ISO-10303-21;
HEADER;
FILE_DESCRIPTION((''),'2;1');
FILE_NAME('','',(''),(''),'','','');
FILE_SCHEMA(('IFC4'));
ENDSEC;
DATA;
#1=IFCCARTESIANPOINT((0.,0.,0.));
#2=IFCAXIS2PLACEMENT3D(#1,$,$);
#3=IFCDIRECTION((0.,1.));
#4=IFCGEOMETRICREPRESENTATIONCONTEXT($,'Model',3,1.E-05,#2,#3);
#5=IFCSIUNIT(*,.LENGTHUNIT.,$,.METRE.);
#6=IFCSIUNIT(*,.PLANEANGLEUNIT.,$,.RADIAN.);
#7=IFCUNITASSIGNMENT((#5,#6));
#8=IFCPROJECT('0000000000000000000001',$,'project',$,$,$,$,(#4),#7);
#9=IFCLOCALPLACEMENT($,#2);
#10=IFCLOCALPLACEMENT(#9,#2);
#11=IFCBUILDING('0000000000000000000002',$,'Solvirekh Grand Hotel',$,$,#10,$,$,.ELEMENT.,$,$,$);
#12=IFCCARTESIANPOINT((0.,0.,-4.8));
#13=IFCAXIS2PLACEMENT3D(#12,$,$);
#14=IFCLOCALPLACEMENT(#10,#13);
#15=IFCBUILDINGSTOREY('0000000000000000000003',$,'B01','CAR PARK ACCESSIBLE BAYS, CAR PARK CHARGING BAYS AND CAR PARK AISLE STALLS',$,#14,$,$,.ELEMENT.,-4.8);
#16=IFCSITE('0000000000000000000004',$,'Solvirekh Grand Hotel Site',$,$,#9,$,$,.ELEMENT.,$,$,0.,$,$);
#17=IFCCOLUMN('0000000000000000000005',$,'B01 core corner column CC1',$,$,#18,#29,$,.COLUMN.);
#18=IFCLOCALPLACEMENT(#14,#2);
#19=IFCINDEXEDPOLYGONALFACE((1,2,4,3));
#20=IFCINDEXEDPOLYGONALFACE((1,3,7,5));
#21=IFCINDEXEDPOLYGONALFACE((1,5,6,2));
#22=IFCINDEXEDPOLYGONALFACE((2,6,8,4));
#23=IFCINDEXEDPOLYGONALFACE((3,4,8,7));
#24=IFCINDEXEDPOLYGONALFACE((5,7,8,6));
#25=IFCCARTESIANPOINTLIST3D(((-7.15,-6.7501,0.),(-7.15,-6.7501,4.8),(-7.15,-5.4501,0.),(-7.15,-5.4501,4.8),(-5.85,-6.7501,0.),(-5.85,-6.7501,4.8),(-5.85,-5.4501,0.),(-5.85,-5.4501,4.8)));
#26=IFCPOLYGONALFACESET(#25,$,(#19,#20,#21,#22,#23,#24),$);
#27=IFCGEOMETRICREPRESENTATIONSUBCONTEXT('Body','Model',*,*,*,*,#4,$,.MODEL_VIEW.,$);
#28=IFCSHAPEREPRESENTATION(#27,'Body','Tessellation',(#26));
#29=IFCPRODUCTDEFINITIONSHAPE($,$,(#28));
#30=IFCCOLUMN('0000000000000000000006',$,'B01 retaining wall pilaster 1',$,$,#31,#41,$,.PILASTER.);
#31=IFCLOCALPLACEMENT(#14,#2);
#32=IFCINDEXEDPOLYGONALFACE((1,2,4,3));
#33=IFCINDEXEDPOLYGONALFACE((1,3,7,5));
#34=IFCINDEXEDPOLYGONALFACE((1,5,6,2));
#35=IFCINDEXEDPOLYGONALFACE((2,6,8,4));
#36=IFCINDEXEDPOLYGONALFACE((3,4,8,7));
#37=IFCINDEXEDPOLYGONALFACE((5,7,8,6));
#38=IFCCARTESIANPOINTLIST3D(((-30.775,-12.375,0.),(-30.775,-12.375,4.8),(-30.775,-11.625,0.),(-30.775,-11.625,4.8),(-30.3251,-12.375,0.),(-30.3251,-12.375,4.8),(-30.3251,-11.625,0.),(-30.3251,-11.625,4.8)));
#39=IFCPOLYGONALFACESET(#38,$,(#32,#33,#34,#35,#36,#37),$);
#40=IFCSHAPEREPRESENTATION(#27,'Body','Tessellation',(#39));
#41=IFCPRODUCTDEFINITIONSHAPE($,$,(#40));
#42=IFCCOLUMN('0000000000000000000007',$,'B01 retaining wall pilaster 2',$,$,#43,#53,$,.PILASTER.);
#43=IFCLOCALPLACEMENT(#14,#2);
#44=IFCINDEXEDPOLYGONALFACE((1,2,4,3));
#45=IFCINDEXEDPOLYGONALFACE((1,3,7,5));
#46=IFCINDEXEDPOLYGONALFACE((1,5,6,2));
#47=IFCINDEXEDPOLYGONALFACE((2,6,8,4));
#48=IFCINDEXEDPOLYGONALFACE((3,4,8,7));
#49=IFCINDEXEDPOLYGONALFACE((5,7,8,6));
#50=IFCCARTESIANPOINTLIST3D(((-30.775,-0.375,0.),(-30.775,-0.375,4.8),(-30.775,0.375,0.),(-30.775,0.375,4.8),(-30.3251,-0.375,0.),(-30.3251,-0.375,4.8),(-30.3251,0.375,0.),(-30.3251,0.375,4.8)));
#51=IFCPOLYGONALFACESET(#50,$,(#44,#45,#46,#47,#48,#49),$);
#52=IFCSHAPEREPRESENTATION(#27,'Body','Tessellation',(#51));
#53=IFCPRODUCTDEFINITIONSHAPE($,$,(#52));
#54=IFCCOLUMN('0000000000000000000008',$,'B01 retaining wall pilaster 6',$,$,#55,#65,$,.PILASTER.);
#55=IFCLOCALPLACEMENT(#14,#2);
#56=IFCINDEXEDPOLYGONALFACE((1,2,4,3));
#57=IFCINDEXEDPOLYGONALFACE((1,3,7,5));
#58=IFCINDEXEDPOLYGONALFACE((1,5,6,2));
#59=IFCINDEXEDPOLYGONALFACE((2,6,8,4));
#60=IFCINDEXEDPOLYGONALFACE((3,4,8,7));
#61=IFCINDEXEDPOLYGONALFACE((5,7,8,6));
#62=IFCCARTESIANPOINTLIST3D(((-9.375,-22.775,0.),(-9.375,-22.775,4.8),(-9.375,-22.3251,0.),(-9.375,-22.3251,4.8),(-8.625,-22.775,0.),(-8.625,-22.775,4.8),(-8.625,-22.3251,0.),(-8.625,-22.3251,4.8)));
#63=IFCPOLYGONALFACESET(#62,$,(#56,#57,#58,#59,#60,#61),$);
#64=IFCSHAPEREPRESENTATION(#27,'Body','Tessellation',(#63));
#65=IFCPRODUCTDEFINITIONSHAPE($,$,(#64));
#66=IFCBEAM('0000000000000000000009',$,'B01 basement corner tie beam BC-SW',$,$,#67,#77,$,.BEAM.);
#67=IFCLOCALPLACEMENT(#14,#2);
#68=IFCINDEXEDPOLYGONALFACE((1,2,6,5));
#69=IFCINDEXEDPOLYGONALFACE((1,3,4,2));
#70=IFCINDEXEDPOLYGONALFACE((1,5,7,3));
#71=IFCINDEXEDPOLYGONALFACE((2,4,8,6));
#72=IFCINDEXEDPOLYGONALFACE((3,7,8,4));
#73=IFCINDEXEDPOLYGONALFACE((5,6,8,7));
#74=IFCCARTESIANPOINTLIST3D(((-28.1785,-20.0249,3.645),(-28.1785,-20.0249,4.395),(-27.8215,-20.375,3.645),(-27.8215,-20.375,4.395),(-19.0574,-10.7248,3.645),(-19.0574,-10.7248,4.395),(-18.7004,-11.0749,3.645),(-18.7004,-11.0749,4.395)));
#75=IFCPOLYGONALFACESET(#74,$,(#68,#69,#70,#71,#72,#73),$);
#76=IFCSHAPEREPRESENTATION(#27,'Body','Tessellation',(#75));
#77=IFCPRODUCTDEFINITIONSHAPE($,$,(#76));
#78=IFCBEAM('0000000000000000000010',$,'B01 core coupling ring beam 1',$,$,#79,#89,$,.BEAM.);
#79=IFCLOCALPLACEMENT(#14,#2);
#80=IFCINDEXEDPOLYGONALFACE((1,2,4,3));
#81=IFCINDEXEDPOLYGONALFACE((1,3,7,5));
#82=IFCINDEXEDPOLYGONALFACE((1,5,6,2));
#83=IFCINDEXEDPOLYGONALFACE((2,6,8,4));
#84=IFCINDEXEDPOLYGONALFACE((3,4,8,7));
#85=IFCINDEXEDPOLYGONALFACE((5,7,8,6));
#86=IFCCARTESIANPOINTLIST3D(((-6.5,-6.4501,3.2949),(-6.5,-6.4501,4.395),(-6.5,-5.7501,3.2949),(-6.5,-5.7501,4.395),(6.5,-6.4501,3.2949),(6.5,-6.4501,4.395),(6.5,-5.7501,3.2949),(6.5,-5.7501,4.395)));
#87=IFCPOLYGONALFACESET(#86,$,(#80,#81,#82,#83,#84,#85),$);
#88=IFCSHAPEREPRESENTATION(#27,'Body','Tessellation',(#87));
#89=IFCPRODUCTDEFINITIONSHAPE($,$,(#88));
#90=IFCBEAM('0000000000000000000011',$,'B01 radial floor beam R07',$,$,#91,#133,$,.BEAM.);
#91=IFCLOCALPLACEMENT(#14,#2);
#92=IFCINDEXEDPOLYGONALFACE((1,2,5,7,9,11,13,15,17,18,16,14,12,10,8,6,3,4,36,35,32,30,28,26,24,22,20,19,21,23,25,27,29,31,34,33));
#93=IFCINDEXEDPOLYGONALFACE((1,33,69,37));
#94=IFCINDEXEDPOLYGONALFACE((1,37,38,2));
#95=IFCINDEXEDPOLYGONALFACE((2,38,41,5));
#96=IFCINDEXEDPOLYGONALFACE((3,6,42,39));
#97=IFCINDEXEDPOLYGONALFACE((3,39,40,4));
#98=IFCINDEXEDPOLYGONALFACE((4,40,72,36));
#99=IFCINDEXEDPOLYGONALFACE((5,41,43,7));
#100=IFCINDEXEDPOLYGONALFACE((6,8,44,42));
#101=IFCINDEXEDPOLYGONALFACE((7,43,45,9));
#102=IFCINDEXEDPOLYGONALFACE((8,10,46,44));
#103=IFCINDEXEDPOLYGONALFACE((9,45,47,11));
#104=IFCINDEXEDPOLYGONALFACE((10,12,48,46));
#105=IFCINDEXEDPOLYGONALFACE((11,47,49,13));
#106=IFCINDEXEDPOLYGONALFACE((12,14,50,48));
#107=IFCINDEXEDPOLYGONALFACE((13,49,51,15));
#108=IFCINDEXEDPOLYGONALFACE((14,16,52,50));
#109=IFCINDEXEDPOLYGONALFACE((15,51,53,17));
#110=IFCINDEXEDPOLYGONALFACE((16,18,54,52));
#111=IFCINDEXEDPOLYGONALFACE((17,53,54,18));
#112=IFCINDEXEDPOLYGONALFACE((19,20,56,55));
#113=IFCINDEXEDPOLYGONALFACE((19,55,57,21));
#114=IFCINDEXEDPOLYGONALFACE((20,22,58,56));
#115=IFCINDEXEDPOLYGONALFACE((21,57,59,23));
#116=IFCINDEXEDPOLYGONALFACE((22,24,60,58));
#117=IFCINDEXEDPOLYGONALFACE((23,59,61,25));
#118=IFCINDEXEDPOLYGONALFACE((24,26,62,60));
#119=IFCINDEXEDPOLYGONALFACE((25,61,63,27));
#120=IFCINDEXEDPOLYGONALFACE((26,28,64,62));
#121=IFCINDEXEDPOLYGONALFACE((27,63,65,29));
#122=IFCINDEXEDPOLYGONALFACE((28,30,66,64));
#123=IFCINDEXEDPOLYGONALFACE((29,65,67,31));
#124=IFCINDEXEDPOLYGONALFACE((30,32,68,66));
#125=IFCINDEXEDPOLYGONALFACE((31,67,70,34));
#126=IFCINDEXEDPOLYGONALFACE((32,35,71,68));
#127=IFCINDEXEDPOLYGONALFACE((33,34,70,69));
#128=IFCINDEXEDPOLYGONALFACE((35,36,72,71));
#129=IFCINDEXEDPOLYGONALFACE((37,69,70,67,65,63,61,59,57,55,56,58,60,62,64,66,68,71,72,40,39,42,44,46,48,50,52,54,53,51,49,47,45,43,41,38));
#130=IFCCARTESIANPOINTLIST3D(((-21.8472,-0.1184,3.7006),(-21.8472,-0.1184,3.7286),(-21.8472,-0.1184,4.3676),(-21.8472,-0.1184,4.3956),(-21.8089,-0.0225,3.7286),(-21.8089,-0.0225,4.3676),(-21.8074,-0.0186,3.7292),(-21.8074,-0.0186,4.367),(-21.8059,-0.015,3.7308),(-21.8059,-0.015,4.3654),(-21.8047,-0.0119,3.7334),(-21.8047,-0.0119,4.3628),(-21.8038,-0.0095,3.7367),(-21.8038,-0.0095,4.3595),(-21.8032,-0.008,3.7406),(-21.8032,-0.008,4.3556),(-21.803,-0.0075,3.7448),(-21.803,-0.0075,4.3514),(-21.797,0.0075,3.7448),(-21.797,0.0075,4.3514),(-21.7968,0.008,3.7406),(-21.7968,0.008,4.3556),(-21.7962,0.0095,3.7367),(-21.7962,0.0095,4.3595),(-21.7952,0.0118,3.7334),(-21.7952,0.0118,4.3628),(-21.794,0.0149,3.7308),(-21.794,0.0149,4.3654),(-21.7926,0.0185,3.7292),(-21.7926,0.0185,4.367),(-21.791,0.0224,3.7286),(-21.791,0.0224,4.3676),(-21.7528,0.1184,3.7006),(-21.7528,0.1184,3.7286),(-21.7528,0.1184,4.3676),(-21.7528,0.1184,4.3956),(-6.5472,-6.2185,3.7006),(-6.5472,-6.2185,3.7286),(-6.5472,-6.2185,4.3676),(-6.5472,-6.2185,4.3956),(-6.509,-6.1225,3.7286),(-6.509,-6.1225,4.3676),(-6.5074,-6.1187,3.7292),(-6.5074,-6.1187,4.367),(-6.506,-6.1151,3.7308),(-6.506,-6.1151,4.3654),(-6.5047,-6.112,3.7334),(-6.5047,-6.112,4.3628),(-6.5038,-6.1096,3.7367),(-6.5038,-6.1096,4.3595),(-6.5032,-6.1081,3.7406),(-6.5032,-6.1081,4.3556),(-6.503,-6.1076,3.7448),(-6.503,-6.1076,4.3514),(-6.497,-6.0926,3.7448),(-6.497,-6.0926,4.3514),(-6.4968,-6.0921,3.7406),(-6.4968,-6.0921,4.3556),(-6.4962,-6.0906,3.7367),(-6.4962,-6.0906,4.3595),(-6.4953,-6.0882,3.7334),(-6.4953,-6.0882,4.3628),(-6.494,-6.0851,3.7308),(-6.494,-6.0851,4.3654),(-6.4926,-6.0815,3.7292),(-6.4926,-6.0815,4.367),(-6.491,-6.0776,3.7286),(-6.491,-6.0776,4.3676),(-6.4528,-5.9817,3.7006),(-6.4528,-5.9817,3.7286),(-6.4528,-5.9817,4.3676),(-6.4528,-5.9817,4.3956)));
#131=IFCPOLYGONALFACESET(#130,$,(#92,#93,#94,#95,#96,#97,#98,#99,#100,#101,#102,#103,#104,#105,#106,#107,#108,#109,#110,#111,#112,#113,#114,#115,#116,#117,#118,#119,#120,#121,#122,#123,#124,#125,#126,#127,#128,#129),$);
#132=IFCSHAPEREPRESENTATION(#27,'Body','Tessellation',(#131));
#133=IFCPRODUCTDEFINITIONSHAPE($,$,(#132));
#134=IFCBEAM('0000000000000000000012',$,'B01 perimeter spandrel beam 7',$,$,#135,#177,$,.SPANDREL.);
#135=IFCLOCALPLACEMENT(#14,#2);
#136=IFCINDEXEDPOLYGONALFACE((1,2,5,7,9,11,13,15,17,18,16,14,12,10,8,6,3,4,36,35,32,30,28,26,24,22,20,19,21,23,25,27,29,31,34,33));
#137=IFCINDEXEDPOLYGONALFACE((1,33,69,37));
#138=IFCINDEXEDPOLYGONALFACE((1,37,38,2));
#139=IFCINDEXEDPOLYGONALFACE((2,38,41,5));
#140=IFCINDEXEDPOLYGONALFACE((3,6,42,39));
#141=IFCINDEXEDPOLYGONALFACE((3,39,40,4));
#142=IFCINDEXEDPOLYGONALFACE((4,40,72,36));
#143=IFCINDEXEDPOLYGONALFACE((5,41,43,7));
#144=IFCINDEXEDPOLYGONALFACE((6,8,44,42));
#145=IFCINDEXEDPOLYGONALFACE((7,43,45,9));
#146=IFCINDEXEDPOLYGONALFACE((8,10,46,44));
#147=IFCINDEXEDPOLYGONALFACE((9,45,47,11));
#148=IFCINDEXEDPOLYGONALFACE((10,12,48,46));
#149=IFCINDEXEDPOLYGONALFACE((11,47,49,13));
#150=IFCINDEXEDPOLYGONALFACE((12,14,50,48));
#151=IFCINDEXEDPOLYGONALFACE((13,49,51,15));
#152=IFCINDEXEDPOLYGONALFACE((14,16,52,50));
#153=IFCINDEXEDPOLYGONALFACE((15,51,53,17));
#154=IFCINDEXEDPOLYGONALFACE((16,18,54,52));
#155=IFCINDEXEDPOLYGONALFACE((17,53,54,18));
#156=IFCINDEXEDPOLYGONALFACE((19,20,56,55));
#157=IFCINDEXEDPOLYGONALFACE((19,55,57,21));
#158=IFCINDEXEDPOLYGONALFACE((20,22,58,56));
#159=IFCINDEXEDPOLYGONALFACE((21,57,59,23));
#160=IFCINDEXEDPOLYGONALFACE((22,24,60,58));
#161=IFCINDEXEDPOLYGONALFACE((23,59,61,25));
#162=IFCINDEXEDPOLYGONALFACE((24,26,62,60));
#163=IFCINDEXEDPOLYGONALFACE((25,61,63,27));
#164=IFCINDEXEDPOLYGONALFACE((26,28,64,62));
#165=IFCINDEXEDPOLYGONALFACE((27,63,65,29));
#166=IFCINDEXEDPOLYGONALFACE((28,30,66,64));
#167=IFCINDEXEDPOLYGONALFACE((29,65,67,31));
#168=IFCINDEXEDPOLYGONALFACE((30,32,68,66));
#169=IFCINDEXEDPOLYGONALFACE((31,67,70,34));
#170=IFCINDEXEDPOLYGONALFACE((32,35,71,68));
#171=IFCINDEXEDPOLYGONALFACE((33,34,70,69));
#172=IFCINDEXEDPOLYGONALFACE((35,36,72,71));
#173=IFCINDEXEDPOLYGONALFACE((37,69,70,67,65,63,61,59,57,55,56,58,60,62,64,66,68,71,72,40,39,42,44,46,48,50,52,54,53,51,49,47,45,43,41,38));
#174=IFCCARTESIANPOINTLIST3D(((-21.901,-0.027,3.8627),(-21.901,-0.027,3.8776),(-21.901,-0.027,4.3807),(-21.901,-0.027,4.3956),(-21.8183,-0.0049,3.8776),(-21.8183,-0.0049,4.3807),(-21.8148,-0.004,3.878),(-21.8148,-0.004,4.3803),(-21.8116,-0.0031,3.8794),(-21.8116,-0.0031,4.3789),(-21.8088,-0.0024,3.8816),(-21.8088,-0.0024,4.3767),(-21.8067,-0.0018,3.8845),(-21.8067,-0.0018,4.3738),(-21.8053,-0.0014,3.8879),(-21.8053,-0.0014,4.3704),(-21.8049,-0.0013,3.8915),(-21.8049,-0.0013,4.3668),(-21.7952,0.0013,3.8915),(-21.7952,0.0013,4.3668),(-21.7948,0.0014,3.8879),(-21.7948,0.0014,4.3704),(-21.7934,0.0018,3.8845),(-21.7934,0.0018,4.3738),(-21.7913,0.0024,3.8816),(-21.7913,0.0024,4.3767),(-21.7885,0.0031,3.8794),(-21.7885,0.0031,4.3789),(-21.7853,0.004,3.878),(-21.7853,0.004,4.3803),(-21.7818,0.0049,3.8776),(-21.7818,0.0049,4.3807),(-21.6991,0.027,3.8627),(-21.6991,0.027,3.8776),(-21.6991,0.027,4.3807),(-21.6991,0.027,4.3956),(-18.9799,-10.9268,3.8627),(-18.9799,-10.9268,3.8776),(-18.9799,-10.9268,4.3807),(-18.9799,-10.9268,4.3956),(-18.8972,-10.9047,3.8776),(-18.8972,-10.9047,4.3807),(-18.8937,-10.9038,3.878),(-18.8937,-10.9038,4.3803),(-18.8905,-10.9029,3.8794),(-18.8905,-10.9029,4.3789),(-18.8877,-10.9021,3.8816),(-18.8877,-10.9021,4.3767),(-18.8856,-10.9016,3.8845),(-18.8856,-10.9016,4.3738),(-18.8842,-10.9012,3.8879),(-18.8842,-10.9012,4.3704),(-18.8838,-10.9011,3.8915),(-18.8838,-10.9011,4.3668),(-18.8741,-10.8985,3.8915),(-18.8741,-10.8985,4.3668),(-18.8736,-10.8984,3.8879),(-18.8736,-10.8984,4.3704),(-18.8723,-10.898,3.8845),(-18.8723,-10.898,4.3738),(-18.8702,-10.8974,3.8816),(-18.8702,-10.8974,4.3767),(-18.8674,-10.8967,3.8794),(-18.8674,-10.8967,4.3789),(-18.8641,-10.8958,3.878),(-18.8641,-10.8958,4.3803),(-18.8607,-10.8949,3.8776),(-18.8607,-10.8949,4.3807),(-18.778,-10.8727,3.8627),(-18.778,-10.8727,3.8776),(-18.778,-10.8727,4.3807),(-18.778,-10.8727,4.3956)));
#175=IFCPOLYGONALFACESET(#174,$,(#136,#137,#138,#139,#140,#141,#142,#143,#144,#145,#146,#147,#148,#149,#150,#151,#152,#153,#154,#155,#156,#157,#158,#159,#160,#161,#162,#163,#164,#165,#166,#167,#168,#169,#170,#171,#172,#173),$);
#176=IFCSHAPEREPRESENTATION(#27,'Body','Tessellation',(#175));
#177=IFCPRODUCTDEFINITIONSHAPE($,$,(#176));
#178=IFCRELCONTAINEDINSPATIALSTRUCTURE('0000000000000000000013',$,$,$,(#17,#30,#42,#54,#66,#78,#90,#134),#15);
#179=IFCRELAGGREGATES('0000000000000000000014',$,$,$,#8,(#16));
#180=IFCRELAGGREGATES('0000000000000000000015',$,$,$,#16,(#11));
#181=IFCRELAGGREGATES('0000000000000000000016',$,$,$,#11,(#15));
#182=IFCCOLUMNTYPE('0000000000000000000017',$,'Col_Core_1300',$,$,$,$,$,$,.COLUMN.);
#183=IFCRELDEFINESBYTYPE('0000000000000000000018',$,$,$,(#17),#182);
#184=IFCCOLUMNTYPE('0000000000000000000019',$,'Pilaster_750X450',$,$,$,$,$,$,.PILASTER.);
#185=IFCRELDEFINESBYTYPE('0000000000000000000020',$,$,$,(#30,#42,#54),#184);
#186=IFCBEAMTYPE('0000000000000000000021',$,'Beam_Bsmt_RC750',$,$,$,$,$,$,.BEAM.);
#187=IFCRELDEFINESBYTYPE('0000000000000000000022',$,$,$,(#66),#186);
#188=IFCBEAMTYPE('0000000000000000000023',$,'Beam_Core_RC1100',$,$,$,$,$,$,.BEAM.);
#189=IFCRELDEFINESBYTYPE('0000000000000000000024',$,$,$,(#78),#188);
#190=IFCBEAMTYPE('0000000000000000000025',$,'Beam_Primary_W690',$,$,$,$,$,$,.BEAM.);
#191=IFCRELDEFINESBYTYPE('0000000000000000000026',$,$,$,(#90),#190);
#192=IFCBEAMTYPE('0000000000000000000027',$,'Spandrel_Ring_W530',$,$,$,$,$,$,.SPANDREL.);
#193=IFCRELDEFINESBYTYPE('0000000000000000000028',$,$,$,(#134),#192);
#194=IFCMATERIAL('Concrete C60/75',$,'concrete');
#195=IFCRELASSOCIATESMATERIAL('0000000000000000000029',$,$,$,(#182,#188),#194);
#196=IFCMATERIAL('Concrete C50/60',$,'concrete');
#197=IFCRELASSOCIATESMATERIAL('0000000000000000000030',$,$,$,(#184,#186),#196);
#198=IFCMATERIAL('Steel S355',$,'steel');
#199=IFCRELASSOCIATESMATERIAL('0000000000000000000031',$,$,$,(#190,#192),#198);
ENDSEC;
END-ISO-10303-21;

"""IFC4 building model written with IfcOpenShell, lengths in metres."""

from ifc_helpers import new_model, si_unit, direction, frame, origin, origin_2d, place, context, subcontext, project, spatial, rectangle, i_section, extrude, material, material_profile, profile_set, type_object, element, save


model = new_model("IFC4")

# Units and contexts
model_context = context("Model", 3, precision=1e-05, world=origin(), true_north=direction((0.0, 1.0)))
body_context = subcontext(model_context, "Body", "Model", "MODEL_VIEW")
ifc_project = project(units=[si_unit("LENGTHUNIT", "METRE"), si_unit("PLANEANGLEUNIT", "RADIAN")], contexts=[model_context])

# Site, building, storey
site_placement = place(None, origin())
site = spatial("IfcSite", under=ifc_project, at=site_placement, Name="Solvirekh Grand Hotel Site", CompositionType="ELEMENT", RefElevation=0.0)
building_placement = place(site_placement, origin())
building = spatial("IfcBuilding", under=site, at=building_placement, Name="Solvirekh Grand Hotel", CompositionType="ELEMENT")
storey_placement = place(building_placement, frame((0.0, 0.0, -4.8)))
storey = spatial("IfcBuildingStorey", under=building, at=storey_placement, Name="B01", Description="CAR PARK ACCESSIBLE BAYS, CAR PARK CHARGING BAYS AND CAR PARK AISLE STALLS", CompositionType="ELEMENT", Elevation=-4.8)

# Columns
ifc_material_1 = material(Name="Concrete C60/75", Category="concrete")
ifc_material_profile_1 = material_profile(ifc_material_1, rectangle(XDim=1.3, YDim=1.3, at=origin_2d()), Name="RC 1300X1300")
ifc_profile_set_1 = profile_set([ifc_material_profile_1], Name="Concrete C60/75")
column_type_1 = type_object("IfcColumnType", Name="Col_Core_1300", PredefinedType="COLUMN", material=ifc_profile_set_1)
column_placement = place(storey_placement, frame((-6.5, -6.1001, 0.0), z_axis=(0.0, 0.0, 1.0), x_axis=(1.0, 0.0, 0.0)))
element("IfcColumn", 1, at=column_placement, inside=storey, type_object=column_type_1, Name="B01 core corner column CC1", PredefinedType="COLUMN", context=body_context, shape_type="SweptSolid", body=[
    extrude(rectangle(XDim=1.3, YDim=1.3, at=origin_2d()), origin(), (0.0, 0.0, 1.0), 4.8),
])
ifc_material_2 = material(Name="Concrete C50/60", Category="concrete")
ifc_material_profile_2 = material_profile(ifc_material_2, rectangle(XDim=0.45, YDim=0.75, at=origin_2d()), Name="RC PILASTER 750X450")
ifc_profile_set_2 = profile_set([ifc_material_profile_2], Name="Concrete C50/60")
column_type_2 = type_object("IfcColumnType", Name="Pilaster_750X450", PredefinedType="PILASTER", material=ifc_profile_set_2)
for number, where, z_axis, x_axis, name in (
    (2, (-30.55, -12.0, 0.0), (0.0, 0.0, 1.0), (1.0, 0.0, 0.0), "B01 retaining wall pilaster 1"),
    (3, (-30.55, 0.0, 0.0), (0.0, 0.0, 1.0), (1.0, 0.0, 0.0), "B01 retaining wall pilaster 2"),
    (4, (-9.0, -22.55, 0.0), (0.0, 0.0, 1.0), (0.0, 1.0, 0.0), "B01 retaining wall pilaster 6"),
):
    element("IfcColumn", number, at=place(storey_placement, frame(where, z_axis=z_axis, x_axis=x_axis)), inside=storey, type_object=column_type_2, Name=name, PredefinedType="PILASTER", context=body_context, shape_type="SweptSolid", body=[
        extrude(rectangle(XDim=0.45, YDim=0.75, at=origin_2d()), origin(), (0.0, 0.0, 1.0), 4.8),
    ])

# Beams
ifc_material_profile_3 = material_profile(ifc_material_2, rectangle(XDim=0.5, YDim=0.75, at=origin_2d()), Name="RC BEAM 500X750")
ifc_profile_set_3 = profile_set([ifc_material_profile_3], Name="Concrete C50/60")
beam_type_1 = type_object("IfcBeamType", Name="Beam_Bsmt_RC750", PredefinedType="BEAM", material=ifc_profile_set_3)
beam_1_placement = place(storey_placement, frame((-28.0, -20.2, 4.02), z_axis=(0.700204, 0.713942, 0.0), x_axis=(-0.713942, 0.700204, 0.0)))
element("IfcBeam", 5, at=beam_1_placement, inside=storey, type_object=beam_type_1, Name="B01 basement corner tie beam BC-SW", PredefinedType="BEAM", context=body_context, shape_type="SweptSolid", body=[
    extrude(rectangle(XDim=0.5, YDim=0.75, at=origin_2d()), origin(), (0.0, 0.0, 1.0), 13.0264),
])
ifc_material_profile_4 = material_profile(ifc_material_1, rectangle(XDim=0.7, YDim=1.1001, at=origin_2d()), Name="RC BEAM 700X1100")
ifc_profile_set_4 = profile_set([ifc_material_profile_4], Name="Concrete C60/75")
beam_type_2 = type_object("IfcBeamType", Name="Beam_Core_RC1100", PredefinedType="BEAM", material=ifc_profile_set_4)
beam_2_placement = place(storey_placement, frame((-6.5, -6.1001, 3.845), z_axis=(1.0, 0.0, 0.0), x_axis=(0.0, 1.0, 0.0)))
element("IfcBeam", 6, at=beam_2_placement, inside=storey, type_object=beam_type_2, Name="B01 core coupling ring beam 1", PredefinedType="BEAM", context=body_context, shape_type="SweptSolid", body=[
    extrude(rectangle(XDim=0.7, YDim=1.1001, at=origin_2d()), origin(), (0.0, 0.0, 1.0), 13.0),
])
ifc_material_3 = material(Name="Steel S355", Category="steel")
ifc_material_profile_5 = material_profile(ifc_material_3, i_section(OverallWidth=0.2549, OverallDepth=0.6951, WebThickness=0.0161, FlangeThickness=0.0281, FilletRadius=0.0161, at=origin_2d()), Name="W690X217")
ifc_profile_set_5 = profile_set([ifc_material_profile_5], Name="Steel S355")
beam_type_3 = type_object("IfcBeamType", Name="Beam_Primary_W690", PredefinedType="BEAM", material=ifc_profile_set_5)
beam_3_placement = place(storey_placement, frame((-6.5, -6.1001, 4.0481), z_axis=(-0.928893, 0.370348, 0.0), x_axis=(-0.370348, -0.928893, 0.0)))
element("IfcBeam", 7, at=beam_3_placement, inside=storey, type_object=beam_type_3, Name="B01 radial floor beam R07", PredefinedType="BEAM", context=body_context, shape_type="SweptSolid", body=[
    extrude(i_section(OverallWidth=0.2549, OverallDepth=0.6951, WebThickness=0.0161, FlangeThickness=0.0281, FilletRadius=0.0161, at=origin_2d()), origin(), (0.0, 0.0, 1.0), 16.4712),
])
ifc_material_profile_6 = material_profile(ifc_material_3, i_section(OverallWidth=0.209, OverallDepth=0.533, WebThickness=0.01, FlangeThickness=0.0149, FilletRadius=0.0139, at=origin_2d()), Name="W530X92")
ifc_profile_set_6 = profile_set([ifc_material_profile_6], Name="Steel S355")
beam_type_4 = type_object("IfcBeamType", Name="Spandrel_Ring_W530", PredefinedType="SPANDREL", material=ifc_profile_set_6)
beam_4_placement = place(storey_placement, frame((-21.8, 0.0, 4.1292), z_axis=(0.258862, -0.965914, 0.0), x_axis=(0.965914, 0.258862, 0.0)))
element("IfcBeam", 8, at=beam_4_placement, inside=storey, type_object=beam_type_4, Name="B01 perimeter spandrel beam 7", PredefinedType="SPANDREL", context=body_context, shape_type="SweptSolid", body=[
    extrude(i_section(OverallWidth=0.209, OverallDepth=0.533, WebThickness=0.01, FlangeThickness=0.0149, FilletRadius=0.0139, at=origin_2d()), origin(), (0.0, 0.0, 1.0), 11.2844),
])

save(model, "model.ifc")
